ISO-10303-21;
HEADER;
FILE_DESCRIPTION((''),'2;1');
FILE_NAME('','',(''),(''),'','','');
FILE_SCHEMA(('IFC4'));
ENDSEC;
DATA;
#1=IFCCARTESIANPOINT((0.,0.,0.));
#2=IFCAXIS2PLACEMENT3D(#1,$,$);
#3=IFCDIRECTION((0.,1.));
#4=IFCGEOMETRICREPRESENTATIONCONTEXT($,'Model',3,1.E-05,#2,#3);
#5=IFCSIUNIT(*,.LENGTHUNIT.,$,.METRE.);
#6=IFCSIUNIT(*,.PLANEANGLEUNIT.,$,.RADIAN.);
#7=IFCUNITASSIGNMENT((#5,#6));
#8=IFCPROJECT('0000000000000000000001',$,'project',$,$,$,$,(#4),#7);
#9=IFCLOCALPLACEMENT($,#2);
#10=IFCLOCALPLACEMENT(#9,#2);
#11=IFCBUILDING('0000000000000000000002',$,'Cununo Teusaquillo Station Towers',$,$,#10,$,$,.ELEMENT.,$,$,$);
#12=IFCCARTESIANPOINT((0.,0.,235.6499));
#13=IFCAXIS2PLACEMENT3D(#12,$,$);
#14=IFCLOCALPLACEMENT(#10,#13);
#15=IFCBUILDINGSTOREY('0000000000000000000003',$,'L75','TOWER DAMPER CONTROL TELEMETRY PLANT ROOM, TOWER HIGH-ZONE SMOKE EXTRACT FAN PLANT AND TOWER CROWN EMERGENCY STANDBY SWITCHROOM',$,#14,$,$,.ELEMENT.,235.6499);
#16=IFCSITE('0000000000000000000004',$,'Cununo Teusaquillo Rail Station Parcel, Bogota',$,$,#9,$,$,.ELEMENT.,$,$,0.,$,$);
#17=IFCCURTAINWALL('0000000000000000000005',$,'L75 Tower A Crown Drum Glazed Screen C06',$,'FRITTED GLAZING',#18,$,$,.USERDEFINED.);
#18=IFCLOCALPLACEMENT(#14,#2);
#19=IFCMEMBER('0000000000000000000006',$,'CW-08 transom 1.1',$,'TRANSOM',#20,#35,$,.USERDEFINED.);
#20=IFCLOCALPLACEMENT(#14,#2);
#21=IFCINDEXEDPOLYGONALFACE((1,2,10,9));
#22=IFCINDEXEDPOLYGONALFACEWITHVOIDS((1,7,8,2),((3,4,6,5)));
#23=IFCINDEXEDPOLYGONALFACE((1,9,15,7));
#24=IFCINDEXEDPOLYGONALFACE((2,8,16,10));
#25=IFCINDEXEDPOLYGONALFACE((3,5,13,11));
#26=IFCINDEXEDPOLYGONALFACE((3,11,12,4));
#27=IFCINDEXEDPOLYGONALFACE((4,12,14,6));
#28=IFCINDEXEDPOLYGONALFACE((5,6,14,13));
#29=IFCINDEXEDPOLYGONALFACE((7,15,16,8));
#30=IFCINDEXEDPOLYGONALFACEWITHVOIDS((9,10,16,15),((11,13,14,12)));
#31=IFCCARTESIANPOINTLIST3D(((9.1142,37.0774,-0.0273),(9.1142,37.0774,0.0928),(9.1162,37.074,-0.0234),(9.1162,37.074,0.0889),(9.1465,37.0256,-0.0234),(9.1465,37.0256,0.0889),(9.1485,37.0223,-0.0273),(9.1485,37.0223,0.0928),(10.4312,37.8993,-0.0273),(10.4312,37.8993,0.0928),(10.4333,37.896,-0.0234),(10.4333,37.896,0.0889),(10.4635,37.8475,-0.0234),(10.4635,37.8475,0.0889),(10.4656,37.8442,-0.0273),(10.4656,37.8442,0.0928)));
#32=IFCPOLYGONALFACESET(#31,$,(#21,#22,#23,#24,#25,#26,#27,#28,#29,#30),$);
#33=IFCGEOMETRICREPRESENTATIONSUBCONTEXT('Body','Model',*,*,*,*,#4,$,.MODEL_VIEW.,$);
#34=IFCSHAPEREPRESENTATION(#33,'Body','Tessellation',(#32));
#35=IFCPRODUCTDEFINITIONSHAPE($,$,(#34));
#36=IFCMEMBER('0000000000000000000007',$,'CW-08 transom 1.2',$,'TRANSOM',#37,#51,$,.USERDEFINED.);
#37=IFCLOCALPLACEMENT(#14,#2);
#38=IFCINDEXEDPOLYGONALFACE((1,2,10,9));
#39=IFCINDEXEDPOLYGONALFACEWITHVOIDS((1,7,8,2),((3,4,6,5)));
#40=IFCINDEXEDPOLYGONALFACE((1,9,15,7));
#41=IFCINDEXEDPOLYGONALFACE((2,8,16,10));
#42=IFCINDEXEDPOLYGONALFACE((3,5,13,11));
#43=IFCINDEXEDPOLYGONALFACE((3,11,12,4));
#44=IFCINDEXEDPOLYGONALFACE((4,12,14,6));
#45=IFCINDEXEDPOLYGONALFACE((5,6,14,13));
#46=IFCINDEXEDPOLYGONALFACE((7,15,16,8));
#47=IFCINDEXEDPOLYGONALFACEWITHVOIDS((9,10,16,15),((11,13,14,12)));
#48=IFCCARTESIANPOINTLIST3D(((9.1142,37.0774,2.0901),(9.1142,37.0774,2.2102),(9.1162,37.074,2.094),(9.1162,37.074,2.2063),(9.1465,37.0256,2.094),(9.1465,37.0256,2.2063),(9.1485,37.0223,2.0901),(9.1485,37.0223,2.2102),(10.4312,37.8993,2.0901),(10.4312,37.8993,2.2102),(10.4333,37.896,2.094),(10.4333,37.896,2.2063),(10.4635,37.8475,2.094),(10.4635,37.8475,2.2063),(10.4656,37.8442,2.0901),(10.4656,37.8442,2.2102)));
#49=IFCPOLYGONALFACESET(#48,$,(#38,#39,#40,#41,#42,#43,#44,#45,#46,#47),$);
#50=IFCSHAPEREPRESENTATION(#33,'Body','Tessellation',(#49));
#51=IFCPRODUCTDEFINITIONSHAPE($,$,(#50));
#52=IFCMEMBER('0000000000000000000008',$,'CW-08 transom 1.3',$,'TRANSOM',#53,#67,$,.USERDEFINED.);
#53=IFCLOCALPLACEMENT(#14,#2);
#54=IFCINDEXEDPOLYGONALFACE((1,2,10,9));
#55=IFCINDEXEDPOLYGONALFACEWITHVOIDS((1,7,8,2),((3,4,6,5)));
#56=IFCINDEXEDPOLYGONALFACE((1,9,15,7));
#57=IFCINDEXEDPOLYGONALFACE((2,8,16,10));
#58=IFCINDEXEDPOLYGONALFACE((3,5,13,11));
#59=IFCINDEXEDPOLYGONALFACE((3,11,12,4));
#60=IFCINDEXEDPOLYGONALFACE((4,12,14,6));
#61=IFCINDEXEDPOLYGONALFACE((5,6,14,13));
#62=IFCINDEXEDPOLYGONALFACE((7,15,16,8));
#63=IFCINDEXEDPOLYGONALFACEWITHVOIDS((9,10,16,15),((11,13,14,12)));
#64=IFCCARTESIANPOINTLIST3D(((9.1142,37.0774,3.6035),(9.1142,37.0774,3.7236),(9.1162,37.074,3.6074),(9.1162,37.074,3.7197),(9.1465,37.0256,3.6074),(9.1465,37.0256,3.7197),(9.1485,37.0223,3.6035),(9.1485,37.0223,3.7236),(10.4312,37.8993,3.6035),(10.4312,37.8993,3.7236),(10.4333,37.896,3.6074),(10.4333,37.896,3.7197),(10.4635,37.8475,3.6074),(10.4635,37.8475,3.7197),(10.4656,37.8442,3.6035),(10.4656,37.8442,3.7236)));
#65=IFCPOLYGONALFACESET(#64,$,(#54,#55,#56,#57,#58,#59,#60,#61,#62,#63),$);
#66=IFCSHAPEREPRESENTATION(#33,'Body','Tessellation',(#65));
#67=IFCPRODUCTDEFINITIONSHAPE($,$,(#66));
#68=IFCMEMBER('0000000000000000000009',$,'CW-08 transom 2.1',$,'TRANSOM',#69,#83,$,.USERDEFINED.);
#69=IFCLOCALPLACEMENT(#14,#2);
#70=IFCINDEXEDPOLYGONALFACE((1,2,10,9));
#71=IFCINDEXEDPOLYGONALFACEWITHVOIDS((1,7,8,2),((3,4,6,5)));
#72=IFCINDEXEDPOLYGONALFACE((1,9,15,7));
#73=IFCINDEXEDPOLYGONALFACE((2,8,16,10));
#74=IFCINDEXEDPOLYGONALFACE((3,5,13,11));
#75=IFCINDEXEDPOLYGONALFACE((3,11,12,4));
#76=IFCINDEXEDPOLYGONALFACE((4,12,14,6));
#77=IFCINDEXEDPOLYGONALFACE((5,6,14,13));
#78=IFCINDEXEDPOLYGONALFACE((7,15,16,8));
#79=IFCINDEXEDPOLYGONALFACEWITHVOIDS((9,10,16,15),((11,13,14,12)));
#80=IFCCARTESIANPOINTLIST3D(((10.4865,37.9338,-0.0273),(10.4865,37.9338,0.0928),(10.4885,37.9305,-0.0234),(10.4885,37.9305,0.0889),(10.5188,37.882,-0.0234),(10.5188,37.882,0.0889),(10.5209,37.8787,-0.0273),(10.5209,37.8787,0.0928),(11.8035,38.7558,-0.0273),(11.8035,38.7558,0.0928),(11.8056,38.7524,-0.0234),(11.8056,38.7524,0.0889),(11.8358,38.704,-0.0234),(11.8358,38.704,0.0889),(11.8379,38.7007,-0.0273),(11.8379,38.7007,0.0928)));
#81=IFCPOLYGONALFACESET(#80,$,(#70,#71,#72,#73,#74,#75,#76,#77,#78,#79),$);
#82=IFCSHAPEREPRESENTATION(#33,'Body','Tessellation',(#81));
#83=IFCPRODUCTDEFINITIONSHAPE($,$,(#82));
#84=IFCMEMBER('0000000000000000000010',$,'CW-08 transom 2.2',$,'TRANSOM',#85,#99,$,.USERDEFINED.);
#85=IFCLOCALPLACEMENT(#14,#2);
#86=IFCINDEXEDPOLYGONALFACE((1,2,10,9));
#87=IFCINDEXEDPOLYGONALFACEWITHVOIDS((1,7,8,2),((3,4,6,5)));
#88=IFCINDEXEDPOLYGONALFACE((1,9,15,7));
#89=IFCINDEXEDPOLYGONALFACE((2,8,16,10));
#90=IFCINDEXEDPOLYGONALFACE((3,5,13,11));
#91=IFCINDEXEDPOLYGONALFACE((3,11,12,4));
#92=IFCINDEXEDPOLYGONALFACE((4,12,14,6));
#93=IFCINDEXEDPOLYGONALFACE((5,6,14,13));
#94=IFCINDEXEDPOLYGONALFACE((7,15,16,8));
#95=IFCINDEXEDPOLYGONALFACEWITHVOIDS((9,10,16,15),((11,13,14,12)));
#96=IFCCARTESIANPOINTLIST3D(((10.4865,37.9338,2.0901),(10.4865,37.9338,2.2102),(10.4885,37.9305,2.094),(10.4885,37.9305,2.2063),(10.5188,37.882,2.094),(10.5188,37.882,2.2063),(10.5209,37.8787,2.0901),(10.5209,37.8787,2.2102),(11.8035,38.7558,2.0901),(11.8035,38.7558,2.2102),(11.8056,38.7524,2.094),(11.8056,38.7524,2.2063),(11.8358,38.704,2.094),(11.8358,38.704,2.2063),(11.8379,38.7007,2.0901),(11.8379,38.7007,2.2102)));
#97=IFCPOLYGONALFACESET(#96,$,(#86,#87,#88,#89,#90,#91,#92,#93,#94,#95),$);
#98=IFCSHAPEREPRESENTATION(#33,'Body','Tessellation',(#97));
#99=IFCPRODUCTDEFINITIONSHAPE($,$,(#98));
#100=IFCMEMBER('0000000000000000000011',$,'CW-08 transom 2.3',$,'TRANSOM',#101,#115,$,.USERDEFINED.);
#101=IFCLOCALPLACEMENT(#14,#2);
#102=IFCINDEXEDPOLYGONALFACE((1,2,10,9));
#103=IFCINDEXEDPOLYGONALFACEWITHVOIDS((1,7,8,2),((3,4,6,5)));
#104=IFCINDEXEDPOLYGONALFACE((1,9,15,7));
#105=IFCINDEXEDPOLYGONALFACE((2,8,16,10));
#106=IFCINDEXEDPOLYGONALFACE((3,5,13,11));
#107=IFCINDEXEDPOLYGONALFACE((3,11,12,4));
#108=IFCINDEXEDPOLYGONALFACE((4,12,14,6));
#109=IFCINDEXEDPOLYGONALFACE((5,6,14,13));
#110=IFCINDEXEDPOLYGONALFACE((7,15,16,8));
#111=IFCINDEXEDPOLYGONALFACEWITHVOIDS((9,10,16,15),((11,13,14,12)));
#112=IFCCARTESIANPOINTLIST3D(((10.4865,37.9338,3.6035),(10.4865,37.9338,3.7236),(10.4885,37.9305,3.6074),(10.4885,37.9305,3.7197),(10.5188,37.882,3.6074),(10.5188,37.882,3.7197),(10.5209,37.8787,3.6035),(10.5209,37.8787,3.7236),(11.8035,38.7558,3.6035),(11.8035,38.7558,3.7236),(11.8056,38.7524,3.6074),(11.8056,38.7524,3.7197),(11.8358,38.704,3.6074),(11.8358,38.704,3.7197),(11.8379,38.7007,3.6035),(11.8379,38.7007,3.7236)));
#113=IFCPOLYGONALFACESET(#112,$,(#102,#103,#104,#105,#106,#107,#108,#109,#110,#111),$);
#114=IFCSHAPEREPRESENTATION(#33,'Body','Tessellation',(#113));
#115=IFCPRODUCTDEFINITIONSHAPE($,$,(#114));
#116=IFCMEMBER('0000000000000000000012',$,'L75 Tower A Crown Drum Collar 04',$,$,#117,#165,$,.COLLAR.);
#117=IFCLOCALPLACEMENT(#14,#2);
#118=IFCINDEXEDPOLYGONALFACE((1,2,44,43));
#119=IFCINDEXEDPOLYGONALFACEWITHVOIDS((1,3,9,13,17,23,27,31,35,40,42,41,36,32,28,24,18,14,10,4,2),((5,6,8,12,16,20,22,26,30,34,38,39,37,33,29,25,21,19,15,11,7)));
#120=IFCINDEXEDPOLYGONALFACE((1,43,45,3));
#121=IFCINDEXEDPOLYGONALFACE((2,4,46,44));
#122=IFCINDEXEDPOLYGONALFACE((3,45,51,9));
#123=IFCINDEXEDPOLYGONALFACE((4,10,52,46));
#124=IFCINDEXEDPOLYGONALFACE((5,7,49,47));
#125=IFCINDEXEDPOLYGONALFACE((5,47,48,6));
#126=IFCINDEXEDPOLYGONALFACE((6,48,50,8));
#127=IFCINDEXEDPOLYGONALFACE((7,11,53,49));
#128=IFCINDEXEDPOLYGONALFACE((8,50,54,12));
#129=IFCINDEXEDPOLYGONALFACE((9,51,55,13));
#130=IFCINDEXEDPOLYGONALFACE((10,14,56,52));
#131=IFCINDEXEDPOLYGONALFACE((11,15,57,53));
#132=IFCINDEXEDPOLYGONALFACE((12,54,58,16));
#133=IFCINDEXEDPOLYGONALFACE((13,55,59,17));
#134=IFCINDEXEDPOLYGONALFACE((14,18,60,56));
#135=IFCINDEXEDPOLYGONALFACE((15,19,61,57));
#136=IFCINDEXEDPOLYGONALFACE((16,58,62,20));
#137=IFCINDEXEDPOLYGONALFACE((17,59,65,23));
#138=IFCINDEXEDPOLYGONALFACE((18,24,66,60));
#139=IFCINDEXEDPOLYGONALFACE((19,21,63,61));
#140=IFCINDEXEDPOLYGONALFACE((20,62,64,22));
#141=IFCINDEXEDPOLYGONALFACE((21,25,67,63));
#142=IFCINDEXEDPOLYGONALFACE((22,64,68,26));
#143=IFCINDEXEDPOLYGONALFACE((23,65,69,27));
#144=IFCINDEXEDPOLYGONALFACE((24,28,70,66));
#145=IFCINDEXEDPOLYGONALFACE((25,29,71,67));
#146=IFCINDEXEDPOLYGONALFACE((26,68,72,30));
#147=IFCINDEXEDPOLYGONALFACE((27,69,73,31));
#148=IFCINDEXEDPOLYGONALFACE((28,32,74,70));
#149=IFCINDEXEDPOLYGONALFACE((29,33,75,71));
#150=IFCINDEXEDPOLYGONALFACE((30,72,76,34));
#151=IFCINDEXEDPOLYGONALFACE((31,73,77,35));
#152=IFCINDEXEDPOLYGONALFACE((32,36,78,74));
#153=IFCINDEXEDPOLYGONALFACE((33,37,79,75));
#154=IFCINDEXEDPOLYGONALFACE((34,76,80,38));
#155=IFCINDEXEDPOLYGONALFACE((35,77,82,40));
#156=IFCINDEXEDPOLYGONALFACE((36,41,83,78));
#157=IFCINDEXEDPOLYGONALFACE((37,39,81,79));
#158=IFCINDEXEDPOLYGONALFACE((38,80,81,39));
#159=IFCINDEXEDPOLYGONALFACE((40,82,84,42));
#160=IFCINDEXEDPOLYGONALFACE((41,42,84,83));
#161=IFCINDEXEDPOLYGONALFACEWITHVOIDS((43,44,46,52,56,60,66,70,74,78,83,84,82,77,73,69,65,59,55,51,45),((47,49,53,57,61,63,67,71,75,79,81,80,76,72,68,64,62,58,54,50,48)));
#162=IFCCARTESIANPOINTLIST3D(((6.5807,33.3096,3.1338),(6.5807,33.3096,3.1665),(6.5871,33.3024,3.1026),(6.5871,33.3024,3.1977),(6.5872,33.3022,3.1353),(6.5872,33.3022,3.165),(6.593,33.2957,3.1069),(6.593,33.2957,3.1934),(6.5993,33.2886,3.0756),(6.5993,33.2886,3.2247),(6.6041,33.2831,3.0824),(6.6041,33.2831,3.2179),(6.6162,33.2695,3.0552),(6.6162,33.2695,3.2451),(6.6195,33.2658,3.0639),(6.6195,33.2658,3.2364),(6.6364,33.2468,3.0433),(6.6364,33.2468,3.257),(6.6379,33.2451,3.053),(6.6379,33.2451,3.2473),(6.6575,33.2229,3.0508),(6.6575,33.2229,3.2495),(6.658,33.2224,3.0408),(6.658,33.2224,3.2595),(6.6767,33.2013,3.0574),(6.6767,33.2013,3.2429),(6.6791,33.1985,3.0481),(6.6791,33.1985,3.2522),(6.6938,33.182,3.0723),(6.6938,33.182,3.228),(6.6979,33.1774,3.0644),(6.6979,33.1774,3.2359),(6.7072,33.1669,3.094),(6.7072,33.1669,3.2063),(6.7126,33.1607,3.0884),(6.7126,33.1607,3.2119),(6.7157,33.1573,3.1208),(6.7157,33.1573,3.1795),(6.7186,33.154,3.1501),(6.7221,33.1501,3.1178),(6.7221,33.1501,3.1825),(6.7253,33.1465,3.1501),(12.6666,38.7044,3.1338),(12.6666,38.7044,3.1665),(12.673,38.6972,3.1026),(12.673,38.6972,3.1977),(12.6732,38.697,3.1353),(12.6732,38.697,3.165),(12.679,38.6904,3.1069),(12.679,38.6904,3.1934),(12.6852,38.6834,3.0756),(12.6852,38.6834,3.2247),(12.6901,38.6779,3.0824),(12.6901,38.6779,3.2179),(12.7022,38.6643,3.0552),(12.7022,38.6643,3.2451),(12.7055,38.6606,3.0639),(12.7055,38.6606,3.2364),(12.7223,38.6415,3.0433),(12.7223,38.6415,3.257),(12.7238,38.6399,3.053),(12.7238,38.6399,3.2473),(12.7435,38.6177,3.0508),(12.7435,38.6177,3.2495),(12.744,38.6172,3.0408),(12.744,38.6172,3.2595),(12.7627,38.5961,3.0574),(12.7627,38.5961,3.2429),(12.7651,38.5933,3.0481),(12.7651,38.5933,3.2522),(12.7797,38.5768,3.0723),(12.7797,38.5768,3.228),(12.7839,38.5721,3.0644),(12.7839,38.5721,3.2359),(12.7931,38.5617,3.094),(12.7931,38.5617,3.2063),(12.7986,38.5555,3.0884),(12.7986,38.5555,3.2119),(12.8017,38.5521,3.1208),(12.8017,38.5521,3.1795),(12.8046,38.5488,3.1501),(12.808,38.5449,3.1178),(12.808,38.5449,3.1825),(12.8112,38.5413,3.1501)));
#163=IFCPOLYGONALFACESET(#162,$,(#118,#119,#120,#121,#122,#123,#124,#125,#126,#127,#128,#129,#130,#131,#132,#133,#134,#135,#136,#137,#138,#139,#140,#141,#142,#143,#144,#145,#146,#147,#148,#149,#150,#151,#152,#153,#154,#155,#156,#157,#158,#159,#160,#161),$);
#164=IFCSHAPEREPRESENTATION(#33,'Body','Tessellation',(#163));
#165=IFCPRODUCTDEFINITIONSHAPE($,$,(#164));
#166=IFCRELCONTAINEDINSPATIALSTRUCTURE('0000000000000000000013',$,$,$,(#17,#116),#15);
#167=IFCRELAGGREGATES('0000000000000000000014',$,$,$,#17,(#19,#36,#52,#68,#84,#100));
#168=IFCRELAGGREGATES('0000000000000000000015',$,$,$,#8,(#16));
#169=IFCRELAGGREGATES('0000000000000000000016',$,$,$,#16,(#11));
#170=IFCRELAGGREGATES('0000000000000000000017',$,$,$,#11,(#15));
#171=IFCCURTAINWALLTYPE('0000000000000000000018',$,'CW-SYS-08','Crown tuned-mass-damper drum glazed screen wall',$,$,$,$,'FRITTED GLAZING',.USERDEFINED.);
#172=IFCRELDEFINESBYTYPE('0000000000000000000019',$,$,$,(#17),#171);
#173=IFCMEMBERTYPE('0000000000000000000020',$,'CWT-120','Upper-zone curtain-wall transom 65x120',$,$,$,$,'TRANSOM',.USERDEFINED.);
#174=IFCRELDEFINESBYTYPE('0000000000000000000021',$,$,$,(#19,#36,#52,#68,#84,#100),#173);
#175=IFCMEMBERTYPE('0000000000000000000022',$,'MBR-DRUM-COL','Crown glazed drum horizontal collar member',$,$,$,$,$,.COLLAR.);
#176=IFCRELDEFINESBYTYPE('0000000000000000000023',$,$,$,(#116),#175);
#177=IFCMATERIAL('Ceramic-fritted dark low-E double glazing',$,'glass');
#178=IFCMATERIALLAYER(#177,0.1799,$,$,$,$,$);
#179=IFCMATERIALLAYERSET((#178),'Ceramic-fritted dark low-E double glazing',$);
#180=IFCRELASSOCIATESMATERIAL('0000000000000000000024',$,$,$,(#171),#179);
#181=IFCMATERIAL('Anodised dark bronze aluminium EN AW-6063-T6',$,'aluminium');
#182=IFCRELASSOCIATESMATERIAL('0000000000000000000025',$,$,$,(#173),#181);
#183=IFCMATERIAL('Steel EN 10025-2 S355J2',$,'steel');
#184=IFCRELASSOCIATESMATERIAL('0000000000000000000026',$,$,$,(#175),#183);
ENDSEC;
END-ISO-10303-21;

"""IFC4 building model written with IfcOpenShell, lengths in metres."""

from ifc_helpers import new_model, si_unit, direction, frame, origin, origin_2d, place, context, subcontext, project, spatial, hollow_rectangle, hollow_circle, extrude, material, layer, layer_set, material_profile, profile_set, type_object, element, aggregate, save


model = new_model("IFC4")

# Units and contexts
model_context = context("Model", 3, precision=1e-05, world=origin(), true_north=direction((0.0, 1.0)))
body_context = subcontext(model_context, "Body", "Model", "MODEL_VIEW")
ifc_project = project(units=[si_unit("LENGTHUNIT", "METRE"), si_unit("PLANEANGLEUNIT", "RADIAN")], contexts=[model_context])

# Site, building, storey
site_placement = place(None, origin())
site = spatial("IfcSite", under=ifc_project, at=site_placement, Name="Cununo Teusaquillo Rail Station Parcel, Bogota", CompositionType="ELEMENT", RefElevation=0.0)
building_placement = place(site_placement, origin())
building = spatial("IfcBuilding", under=site, at=building_placement, Name="Cununo Teusaquillo Station Towers", CompositionType="ELEMENT")
storey_placement = place(building_placement, frame((0.0, 0.0, 235.6499)))
storey = spatial("IfcBuildingStorey", under=building, at=storey_placement, Name="L75", Description="TOWER DAMPER CONTROL TELEMETRY PLANT ROOM, TOWER HIGH-ZONE SMOKE EXTRACT FAN PLANT AND TOWER CROWN EMERGENCY STANDBY SWITCHROOM", CompositionType="ELEMENT", Elevation=235.6499)

# Curtain wall, members
ifc_material_1 = material(Name="Ceramic-fritted dark low-E double glazing", Category="glass")
ifc_layer_1 = layer(ifc_material_1, 0.1799)
ifc_layer_set_1 = layer_set([ifc_layer_1], Name="Ceramic-fritted dark low-E double glazing")
curtain_wall_type = type_object("IfcCurtainWallType", Name="CW-SYS-08", Description="Crown tuned-mass-damper drum glazed screen wall", ElementType="FRITTED GLAZING", PredefinedType="USERDEFINED", material=ifc_layer_set_1)
curtain_wall_placement = place(storey_placement, origin())
curtain_wall = element("IfcCurtainWall", 1, at=curtain_wall_placement, inside=storey, type_object=curtain_wall_type, Name="L75 Tower A Crown Drum Glazed Screen C06", ObjectType="FRITTED GLAZING", PredefinedType="USERDEFINED")
ifc_material_2 = material(Name="Anodised dark bronze aluminium EN AW-6063-T6", Category="aluminium")
ifc_material_profile_1 = material_profile(ifc_material_2, hollow_rectangle(XDim=0.0649, YDim=0.1201, WallThickness=0.0039, at=origin_2d()), Name="CW-TRAN-65x120")
ifc_profile_set_1 = profile_set([ifc_material_profile_1], Name="Anodised dark bronze aluminium EN AW-6063-T6")
member_type_1 = type_object("IfcMemberType", Name="CWT-120", Description="Upper-zone curtain-wall transom 65x120", ElementType="TRANSOM", PredefinedType="USERDEFINED", material=ifc_profile_set_1)
member_1_placement = place(storey_placement, frame((9.1313, 37.0498, 0.0327), z_axis=(0.848343, 0.529448, 0.0), x_axis=(-0.529448, 0.848343, 0.0)))
member_1 = element("IfcMember", 2, at=member_1_placement, type_object=member_type_1, Name="CW-08 transom 1.1", ObjectType="TRANSOM", PredefinedType="USERDEFINED", context=body_context, shape_type="SweptSolid", body=[
    extrude(hollow_rectangle(XDim=0.0649, YDim=0.1201, WallThickness=0.0039, at=origin_2d()), origin(), (0.0, 0.0, 1.0), 1.5525),
])
member_2_placement = place(storey_placement, frame((9.1313, 37.0498, 2.1501), z_axis=(0.848343, 0.529448, 0.0), x_axis=(-0.529448, 0.848343, 0.0)))
member_2 = element("IfcMember", 3, at=member_2_placement, type_object=member_type_1, Name="CW-08 transom 1.2", ObjectType="TRANSOM", PredefinedType="USERDEFINED", context=body_context, shape_type="SweptSolid", body=[
    extrude(hollow_rectangle(XDim=0.0649, YDim=0.1201, WallThickness=0.0039, at=origin_2d()), origin(), (0.0, 0.0, 1.0), 1.5525),
])
member_3_placement = place(storey_placement, frame((9.1313, 37.0498, 3.6636), z_axis=(0.848343, 0.529448, 0.0), x_axis=(-0.529448, 0.848343, 0.0)))
member_3 = element("IfcMember", 4, at=member_3_placement, type_object=member_type_1, Name="CW-08 transom 1.3", ObjectType="TRANSOM", PredefinedType="USERDEFINED", context=body_context, shape_type="SweptSolid", body=[
    extrude(hollow_rectangle(XDim=0.0649, YDim=0.1201, WallThickness=0.0039, at=origin_2d()), origin(), (0.0, 0.0, 1.0), 1.5525),
])
member_4_placement = place(storey_placement, frame((10.5037, 37.9062, 0.0327), z_axis=(0.848343, 0.529448, 0.0), x_axis=(-0.529448, 0.848343, 0.0)))
member_4 = element("IfcMember", 5, at=member_4_placement, type_object=member_type_1, Name="CW-08 transom 2.1", ObjectType="TRANSOM", PredefinedType="USERDEFINED", context=body_context, shape_type="SweptSolid", body=[
    extrude(hollow_rectangle(XDim=0.0649, YDim=0.1201, WallThickness=0.0039, at=origin_2d()), origin(), (0.0, 0.0, 1.0), 1.5525),
])
member_5_placement = place(storey_placement, frame((10.5037, 37.9062, 2.1501), z_axis=(0.848343, 0.529448, 0.0), x_axis=(-0.529448, 0.848343, 0.0)))
member_5 = element("IfcMember", 6, at=member_5_placement, type_object=member_type_1, Name="CW-08 transom 2.2", ObjectType="TRANSOM", PredefinedType="USERDEFINED", context=body_context, shape_type="SweptSolid", body=[
    extrude(hollow_rectangle(XDim=0.0649, YDim=0.1201, WallThickness=0.0039, at=origin_2d()), origin(), (0.0, 0.0, 1.0), 1.5525),
])
member_6_placement = place(storey_placement, frame((10.5037, 37.9062, 3.6636), z_axis=(0.848343, 0.529448, 0.0), x_axis=(-0.529448, 0.848343, 0.0)))
member_6 = element("IfcMember", 7, at=member_6_placement, type_object=member_type_1, Name="CW-08 transom 2.3", ObjectType="TRANSOM", PredefinedType="USERDEFINED", context=body_context, shape_type="SweptSolid", body=[
    extrude(hollow_rectangle(XDim=0.0649, YDim=0.1201, WallThickness=0.0039, at=origin_2d()), origin(), (0.0, 0.0, 1.0), 1.5525),
])

# Member
ifc_material_3 = material(Name="Steel EN 10025-2 S355J2", Category="steel")
ifc_material_profile_2 = material_profile(ifc_material_3, hollow_circle(Radius=0.1096, WallThickness=0.01, at=origin_2d()), Name="CHS 219x10")
ifc_profile_set_2 = profile_set([ifc_material_profile_2], Name="Steel EN 10025-2 S355J2")
member_type_2 = type_object("IfcMemberType", Name="MBR-DRUM-COL", Description="Crown glazed drum horizontal collar member", PredefinedType="COLLAR", material=ifc_profile_set_2)
member_7_placement = place(storey_placement, frame((12.7385, 38.6233, 3.1501), z_axis=(-0.748321, -0.663337, 0.0), x_axis=(0.663337, -0.748321, 0.0)))
element("IfcMember", 8, at=member_7_placement, inside=storey, type_object=member_type_2, Name="L75 Tower A Crown Drum Collar 04", PredefinedType="COLLAR", context=body_context, shape_type="SweptSolid", body=[
    extrude(hollow_circle(Radius=0.1096, WallThickness=0.01, at=origin_2d()), origin(), (0.0, 0.0, 1.0), 8.1328),
])

aggregate(curtain_wall, [member_1, member_2, member_3, member_4, member_5, member_6])

save(model, "model.ifc")
